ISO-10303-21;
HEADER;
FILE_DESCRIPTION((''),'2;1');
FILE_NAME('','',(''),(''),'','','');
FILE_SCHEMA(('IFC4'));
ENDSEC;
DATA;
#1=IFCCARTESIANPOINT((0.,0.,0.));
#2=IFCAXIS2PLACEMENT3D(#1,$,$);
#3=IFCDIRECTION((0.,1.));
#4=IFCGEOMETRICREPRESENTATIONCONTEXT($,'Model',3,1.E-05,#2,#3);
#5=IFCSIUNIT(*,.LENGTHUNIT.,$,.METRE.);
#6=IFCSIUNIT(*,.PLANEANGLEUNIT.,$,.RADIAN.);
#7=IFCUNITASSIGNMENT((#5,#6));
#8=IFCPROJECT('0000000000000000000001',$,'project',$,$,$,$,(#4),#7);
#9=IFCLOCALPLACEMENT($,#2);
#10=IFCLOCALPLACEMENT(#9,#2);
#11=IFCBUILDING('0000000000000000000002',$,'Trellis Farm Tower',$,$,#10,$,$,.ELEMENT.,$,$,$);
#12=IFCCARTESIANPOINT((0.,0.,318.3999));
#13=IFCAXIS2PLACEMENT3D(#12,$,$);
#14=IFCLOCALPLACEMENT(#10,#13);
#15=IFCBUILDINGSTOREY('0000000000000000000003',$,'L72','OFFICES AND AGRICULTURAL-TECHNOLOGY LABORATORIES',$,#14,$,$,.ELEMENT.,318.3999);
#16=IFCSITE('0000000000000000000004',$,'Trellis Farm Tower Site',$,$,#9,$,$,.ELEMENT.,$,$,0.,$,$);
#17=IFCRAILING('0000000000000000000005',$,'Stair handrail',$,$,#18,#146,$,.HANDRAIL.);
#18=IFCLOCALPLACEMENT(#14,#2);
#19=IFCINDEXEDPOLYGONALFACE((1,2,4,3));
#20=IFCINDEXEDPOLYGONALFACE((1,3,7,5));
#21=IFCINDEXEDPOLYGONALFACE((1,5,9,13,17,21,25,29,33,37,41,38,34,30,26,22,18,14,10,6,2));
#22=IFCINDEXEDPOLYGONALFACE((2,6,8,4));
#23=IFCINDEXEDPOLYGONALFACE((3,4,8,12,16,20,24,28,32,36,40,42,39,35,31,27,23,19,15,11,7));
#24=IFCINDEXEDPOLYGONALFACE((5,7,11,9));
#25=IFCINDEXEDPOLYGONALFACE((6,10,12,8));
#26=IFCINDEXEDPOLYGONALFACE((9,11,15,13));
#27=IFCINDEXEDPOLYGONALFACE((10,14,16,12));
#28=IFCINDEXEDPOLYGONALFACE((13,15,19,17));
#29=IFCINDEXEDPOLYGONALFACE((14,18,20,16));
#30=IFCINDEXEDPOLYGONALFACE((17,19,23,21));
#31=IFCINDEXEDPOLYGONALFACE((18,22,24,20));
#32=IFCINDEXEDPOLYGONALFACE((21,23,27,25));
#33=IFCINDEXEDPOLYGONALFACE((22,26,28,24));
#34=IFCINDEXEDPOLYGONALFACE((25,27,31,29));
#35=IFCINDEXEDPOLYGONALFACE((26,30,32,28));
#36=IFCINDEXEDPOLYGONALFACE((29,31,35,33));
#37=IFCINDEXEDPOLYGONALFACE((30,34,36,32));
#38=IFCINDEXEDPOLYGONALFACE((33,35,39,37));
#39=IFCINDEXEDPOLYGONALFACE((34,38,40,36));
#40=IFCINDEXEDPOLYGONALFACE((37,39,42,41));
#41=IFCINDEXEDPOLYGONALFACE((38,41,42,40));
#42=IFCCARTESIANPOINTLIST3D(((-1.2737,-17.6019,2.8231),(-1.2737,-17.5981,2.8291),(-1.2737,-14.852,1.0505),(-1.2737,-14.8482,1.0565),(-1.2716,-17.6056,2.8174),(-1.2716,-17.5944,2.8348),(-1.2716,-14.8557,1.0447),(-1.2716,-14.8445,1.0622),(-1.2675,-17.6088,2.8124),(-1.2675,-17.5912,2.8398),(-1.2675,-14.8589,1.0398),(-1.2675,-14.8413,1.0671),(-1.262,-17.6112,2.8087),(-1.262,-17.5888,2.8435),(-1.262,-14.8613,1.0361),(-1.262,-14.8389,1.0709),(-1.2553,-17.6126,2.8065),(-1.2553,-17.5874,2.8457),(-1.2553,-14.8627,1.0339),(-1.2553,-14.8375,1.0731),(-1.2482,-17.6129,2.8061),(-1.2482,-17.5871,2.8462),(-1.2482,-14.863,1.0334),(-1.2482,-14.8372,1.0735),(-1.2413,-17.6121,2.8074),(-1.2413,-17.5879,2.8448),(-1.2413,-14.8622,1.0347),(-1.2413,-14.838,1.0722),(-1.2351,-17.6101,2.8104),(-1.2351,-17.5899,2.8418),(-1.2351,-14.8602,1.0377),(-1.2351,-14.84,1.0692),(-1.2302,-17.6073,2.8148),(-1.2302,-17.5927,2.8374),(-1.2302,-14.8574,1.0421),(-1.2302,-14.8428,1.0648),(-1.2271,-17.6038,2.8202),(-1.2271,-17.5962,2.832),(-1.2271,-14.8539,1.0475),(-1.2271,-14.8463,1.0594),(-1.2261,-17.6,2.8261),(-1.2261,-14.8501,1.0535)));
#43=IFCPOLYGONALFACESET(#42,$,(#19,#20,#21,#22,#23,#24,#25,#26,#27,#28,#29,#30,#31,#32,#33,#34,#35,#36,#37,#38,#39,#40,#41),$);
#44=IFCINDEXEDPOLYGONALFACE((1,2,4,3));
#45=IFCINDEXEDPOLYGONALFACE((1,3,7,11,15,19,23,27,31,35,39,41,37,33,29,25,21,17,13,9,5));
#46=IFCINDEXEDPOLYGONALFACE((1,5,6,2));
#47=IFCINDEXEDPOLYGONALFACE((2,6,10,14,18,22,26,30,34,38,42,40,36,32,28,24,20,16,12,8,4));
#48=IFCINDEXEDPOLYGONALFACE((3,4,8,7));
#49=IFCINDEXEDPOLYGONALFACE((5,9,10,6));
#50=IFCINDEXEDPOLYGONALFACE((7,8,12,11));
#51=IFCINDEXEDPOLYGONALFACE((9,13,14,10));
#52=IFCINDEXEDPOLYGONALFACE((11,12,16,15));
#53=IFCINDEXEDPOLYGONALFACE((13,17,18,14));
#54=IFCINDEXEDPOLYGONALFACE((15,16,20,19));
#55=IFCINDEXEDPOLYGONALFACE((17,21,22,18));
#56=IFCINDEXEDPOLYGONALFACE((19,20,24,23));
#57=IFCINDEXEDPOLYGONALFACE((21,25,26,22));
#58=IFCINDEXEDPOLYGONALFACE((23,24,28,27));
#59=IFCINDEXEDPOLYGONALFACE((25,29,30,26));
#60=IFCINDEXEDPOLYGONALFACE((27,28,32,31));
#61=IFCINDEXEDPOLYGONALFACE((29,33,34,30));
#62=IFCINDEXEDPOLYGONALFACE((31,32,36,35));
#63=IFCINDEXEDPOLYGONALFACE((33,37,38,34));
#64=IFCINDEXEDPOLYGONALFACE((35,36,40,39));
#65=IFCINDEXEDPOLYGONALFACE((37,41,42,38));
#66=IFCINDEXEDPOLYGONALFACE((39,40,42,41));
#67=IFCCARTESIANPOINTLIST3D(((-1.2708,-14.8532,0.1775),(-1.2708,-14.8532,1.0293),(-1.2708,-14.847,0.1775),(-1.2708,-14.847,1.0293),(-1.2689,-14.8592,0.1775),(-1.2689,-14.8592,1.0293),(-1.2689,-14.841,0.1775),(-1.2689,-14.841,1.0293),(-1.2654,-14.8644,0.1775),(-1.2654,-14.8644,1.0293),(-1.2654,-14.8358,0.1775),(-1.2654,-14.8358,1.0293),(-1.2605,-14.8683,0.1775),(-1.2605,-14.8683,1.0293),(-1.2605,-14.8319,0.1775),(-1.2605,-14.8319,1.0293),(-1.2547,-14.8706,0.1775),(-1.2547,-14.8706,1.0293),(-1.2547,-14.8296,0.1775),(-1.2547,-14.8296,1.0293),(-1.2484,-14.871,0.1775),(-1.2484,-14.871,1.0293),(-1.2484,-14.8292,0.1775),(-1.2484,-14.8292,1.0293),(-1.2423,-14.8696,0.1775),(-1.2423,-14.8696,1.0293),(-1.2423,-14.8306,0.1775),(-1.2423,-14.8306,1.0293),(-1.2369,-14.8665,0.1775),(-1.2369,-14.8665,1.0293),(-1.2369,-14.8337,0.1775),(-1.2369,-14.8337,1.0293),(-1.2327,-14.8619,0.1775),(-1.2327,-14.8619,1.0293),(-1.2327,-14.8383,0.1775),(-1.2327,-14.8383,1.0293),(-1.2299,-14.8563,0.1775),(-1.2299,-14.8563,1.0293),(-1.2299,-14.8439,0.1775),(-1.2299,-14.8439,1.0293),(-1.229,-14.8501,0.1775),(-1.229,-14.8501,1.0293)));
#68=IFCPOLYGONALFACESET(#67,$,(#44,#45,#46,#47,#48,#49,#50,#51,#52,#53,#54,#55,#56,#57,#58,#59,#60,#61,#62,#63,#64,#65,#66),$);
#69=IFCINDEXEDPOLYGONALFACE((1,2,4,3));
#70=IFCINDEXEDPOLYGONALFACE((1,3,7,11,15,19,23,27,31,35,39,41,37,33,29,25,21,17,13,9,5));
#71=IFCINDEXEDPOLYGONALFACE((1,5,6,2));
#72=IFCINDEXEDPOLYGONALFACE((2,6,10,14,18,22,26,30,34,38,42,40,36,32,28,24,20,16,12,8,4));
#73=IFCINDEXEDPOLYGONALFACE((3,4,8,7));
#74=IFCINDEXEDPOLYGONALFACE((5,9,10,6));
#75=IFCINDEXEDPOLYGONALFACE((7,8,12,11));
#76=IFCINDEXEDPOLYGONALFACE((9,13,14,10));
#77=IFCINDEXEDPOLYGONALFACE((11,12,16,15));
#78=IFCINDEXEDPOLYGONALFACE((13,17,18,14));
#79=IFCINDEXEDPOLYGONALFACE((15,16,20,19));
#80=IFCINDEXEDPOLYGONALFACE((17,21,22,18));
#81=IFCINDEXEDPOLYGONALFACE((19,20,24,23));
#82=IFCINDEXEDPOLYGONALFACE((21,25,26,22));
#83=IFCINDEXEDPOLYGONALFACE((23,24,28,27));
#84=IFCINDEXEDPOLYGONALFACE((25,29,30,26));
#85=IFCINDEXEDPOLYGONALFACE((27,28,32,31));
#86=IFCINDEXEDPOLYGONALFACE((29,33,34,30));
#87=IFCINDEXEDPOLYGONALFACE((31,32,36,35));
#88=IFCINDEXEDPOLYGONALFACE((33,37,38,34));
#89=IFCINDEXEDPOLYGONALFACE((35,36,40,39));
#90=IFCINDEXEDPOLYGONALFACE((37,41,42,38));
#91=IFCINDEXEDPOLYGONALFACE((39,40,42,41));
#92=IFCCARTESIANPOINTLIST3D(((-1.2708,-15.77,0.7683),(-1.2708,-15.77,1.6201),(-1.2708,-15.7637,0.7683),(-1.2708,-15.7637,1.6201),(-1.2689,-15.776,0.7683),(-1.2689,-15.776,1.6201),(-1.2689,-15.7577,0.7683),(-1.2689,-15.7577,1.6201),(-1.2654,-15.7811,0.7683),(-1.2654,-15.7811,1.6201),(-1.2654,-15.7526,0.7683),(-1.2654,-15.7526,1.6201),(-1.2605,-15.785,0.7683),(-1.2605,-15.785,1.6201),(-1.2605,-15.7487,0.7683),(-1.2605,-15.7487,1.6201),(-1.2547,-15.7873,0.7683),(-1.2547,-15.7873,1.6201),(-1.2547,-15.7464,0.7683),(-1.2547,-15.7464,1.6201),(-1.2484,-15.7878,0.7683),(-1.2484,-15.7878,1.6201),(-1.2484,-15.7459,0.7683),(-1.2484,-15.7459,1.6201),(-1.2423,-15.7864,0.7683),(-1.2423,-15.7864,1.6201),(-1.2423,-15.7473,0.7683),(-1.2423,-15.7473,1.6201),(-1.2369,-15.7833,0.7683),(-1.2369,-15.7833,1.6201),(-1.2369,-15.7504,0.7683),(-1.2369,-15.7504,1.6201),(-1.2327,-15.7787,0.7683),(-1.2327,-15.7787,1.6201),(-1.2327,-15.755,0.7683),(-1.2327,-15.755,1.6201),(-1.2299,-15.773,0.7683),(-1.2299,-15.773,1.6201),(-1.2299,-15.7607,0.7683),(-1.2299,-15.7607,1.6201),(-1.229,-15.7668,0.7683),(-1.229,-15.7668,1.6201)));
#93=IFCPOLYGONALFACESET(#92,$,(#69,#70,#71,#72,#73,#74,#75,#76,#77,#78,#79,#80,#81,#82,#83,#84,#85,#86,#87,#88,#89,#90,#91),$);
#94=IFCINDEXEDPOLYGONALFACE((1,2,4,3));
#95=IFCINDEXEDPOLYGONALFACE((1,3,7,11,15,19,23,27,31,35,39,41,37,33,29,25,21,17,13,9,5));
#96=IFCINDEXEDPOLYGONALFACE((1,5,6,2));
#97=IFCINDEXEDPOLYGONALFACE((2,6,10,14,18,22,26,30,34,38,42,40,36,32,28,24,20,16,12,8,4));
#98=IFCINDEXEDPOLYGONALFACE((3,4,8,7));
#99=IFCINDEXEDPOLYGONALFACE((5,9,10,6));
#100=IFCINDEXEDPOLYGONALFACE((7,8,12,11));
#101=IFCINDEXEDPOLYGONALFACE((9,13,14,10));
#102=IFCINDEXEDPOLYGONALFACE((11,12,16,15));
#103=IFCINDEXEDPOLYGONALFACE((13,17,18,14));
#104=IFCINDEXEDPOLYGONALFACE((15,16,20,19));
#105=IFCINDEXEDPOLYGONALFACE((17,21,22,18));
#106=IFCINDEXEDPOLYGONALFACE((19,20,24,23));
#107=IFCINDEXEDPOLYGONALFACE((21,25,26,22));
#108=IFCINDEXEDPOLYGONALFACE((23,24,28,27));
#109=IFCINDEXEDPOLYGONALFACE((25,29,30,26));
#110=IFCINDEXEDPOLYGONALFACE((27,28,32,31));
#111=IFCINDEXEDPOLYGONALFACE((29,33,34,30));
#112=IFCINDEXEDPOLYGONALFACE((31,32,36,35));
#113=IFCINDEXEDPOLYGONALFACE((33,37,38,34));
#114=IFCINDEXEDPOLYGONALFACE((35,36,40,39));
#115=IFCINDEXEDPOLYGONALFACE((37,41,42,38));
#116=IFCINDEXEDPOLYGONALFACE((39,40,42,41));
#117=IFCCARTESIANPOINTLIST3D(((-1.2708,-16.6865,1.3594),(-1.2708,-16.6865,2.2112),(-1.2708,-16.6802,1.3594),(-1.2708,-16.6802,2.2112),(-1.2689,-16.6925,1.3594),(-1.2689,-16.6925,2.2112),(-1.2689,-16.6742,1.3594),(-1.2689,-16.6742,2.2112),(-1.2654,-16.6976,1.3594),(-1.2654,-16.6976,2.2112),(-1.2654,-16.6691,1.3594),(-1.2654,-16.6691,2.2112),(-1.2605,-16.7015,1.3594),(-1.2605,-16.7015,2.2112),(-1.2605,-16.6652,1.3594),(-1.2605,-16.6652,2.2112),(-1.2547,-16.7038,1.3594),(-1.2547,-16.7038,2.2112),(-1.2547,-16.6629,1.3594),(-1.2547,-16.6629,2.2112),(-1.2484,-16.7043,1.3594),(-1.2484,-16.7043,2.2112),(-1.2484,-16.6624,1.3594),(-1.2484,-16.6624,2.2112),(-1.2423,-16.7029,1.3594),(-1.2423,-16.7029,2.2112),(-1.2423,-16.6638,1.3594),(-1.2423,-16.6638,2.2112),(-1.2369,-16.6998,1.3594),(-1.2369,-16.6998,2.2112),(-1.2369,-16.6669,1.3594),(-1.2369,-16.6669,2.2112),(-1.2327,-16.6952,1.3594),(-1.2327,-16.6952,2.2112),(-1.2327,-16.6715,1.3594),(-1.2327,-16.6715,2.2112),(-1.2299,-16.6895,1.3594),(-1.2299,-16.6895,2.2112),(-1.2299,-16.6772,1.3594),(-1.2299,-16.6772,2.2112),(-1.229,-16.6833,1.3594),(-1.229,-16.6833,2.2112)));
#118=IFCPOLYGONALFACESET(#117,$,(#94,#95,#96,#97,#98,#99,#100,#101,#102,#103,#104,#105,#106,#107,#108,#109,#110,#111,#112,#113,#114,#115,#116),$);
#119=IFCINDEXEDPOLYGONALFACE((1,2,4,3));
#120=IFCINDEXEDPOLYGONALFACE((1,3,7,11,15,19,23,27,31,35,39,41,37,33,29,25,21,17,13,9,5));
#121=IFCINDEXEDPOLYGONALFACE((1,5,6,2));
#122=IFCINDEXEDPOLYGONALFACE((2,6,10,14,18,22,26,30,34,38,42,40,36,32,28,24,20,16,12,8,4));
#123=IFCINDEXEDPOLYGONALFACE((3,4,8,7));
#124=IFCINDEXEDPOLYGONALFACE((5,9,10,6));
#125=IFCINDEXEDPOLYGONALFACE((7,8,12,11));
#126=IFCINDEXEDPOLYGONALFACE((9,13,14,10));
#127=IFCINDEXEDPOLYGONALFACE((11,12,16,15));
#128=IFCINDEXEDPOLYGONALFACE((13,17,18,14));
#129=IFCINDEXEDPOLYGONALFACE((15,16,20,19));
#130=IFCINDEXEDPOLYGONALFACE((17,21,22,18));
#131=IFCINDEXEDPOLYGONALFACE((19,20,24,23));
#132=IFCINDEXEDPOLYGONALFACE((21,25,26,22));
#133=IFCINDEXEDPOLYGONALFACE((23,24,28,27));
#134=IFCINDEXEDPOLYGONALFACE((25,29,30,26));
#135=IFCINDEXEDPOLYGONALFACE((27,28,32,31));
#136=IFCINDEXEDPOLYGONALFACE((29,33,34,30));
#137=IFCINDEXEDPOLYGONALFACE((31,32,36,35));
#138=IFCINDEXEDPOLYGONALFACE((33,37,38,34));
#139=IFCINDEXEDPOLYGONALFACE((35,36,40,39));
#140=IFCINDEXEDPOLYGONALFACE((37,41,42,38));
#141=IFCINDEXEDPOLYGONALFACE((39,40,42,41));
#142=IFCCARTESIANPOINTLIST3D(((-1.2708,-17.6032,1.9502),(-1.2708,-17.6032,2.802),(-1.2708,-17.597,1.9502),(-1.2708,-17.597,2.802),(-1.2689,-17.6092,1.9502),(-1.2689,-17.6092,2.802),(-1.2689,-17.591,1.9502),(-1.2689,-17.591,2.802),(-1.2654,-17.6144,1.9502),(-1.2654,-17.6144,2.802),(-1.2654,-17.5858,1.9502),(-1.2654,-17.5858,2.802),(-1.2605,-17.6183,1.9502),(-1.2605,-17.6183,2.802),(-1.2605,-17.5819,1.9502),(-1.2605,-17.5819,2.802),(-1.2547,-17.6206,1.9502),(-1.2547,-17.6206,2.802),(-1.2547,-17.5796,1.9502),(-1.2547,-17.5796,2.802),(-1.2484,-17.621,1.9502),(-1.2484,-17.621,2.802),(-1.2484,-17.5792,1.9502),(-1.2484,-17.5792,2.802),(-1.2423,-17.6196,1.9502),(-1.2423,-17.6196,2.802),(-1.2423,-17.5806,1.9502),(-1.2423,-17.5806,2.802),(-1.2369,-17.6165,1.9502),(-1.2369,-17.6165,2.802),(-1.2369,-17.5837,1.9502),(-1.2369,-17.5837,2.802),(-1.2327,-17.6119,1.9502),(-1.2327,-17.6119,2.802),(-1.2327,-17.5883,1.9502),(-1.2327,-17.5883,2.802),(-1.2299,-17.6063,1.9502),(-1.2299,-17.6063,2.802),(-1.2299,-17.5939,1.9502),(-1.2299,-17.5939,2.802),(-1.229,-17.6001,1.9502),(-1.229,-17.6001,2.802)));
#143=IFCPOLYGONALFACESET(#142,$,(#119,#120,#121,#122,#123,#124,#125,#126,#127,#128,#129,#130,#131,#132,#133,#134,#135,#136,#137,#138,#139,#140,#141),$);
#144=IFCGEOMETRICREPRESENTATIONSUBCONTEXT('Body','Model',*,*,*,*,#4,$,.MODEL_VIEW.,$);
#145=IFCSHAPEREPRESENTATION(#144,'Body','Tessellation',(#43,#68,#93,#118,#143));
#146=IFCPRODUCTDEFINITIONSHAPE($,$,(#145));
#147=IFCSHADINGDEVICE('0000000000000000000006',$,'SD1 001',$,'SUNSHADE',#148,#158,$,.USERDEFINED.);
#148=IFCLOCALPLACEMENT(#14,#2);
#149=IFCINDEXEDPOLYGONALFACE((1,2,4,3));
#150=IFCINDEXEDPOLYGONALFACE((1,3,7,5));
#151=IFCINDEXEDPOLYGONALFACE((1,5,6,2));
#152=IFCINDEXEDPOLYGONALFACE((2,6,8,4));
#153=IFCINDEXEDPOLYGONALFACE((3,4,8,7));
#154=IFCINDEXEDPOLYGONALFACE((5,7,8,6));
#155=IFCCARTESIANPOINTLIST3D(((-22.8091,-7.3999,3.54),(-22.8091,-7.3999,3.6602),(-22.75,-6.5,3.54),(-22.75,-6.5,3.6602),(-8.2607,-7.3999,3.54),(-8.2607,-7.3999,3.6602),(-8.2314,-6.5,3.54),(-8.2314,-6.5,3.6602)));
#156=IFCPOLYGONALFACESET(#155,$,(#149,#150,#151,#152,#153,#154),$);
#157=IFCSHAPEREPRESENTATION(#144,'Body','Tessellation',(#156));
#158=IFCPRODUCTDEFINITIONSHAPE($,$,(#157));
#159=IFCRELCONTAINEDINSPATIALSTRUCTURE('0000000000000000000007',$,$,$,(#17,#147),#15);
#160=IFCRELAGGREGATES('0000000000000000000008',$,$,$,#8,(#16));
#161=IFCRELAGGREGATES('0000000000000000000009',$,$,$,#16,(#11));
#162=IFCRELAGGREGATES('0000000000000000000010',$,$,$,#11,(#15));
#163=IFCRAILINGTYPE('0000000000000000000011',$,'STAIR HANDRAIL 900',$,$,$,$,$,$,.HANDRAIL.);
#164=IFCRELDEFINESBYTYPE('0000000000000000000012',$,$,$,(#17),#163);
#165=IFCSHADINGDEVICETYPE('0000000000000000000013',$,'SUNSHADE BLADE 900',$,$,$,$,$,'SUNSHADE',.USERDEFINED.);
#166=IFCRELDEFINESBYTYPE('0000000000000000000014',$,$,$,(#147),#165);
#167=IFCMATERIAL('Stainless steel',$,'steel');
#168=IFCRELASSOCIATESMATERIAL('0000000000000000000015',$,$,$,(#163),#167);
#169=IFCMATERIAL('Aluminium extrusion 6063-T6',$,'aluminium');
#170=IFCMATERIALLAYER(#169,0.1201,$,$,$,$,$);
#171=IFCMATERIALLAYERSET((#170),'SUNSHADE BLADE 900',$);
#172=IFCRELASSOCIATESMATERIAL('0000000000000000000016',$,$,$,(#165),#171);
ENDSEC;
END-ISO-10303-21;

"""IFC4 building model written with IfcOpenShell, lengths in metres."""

from ifc_helpers import new_model, si_unit, direction, frame, origin, origin_2d, place, context, subcontext, project, spatial, polyline, circle, outline, extrude, source, transform, mapped, material, layer, layer_set, type_object, element, save


model = new_model("IFC4")

# Units and contexts
model_context = context("Model", 3, precision=1e-05, world=origin(), true_north=direction((0.0, 1.0)))
body_context = subcontext(model_context, "Body", "Model", "MODEL_VIEW")
ifc_project = project(units=[si_unit("LENGTHUNIT", "METRE"), si_unit("PLANEANGLEUNIT", "RADIAN")], contexts=[model_context])

# Site, building, storey
site_placement = place(None, origin())
site = spatial("IfcSite", under=ifc_project, at=site_placement, Name="Trellis Farm Tower Site", CompositionType="ELEMENT", RefElevation=0.0)
building_placement = place(site_placement, origin())
building = spatial("IfcBuilding", under=site, at=building_placement, Name="Trellis Farm Tower", CompositionType="ELEMENT")
storey_placement = place(building_placement, frame((0.0, 0.0, 318.3999)))
storey = spatial("IfcBuildingStorey", under=building, at=storey_placement, Name="L72", Description="OFFICES AND AGRICULTURAL-TECHNOLOGY LABORATORIES", CompositionType="ELEMENT", Elevation=318.3999)

# Shared definitions
ifc_material_1 = material(Name="Aluminium extrusion 6063-T6", Category="aluminium")

# Railing
ifc_material_2 = material(Name="Stainless steel", Category="steel")
railing_type = type_object("IfcRailingType", Name="STAIR HANDRAIL 900", PredefinedType="HANDRAIL", material=ifc_material_2)
shared_shape_1 = source(origin(), body_context, "Body", "SweptSolid", [
    extrude(circle(Radius=0.0239, at=origin_2d()), frame((0.0, 0.0, 0.876), z_axis=(0.0, -0.840504, 0.541806), x_axis=(1.0, 0.0, 0.0)), (0.0, 0.0, 1.0), 3.2717),
    extrude(circle(Radius=0.021, at=origin_2d()), origin(), (0.0, 0.0, 1.0), 0.8518),
    extrude(circle(Radius=0.021, at=origin_2d()), frame((0.0, -0.9167, 0.5908)), (0.0, 0.0, 1.0), 0.8518),
    extrude(circle(Radius=0.021, at=origin_2d()), frame((0.0, -1.8333, 1.1819)), (0.0, 0.0, 1.0), 0.8518),
    extrude(circle(Radius=0.021, at=origin_2d()), frame((0.0, -2.75, 1.7727)), (0.0, 0.0, 1.0), 0.8518),
])
railing_placement = place(storey_placement, frame((-1.25, -14.8501, 0.1775)))
element("IfcRailing", 1, at=railing_placement, inside=storey, type_object=railing_type, Name="Stair handrail", PredefinedType="HANDRAIL", context=body_context, shape_type="MappedRepresentation", body=[
    mapped(shared_shape_1, transform((0.0, 0.0, 0.0))),
])

# Shading device
ifc_layer_1 = layer(ifc_material_1, 0.1201)
ifc_layer_set_1 = layer_set([ifc_layer_1], Name="SUNSHADE BLADE 900")
shading_device_type = type_object("IfcShadingDeviceType", Name="SUNSHADE BLADE 900", ElementType="SUNSHADE", PredefinedType="USERDEFINED", material=ifc_layer_set_1)
shared_shape_2 = source(origin(), body_context, "Body", "SweptSolid", [
    extrude(outline(polyline([(-22.8091, -7.3999), (-8.2607, -7.3999), (-8.2314, -6.5), (-22.75, -6.5), (-22.8091, -7.3999)])), origin(), (0.0, 0.0, 1.0), 0.1201),
])
shading_device_placement = place(storey_placement, frame((0.0, 0.0, 3.54)))
element("IfcShadingDevice", 2, at=shading_device_placement, inside=storey, type_object=shading_device_type, Name="SD1 001", ObjectType="SUNSHADE", PredefinedType="USERDEFINED", context=body_context, shape_type="MappedRepresentation", body=[
    mapped(shared_shape_2, transform((0.0, 0.0, 0.0))),
])

save(model, "model.ifc")
